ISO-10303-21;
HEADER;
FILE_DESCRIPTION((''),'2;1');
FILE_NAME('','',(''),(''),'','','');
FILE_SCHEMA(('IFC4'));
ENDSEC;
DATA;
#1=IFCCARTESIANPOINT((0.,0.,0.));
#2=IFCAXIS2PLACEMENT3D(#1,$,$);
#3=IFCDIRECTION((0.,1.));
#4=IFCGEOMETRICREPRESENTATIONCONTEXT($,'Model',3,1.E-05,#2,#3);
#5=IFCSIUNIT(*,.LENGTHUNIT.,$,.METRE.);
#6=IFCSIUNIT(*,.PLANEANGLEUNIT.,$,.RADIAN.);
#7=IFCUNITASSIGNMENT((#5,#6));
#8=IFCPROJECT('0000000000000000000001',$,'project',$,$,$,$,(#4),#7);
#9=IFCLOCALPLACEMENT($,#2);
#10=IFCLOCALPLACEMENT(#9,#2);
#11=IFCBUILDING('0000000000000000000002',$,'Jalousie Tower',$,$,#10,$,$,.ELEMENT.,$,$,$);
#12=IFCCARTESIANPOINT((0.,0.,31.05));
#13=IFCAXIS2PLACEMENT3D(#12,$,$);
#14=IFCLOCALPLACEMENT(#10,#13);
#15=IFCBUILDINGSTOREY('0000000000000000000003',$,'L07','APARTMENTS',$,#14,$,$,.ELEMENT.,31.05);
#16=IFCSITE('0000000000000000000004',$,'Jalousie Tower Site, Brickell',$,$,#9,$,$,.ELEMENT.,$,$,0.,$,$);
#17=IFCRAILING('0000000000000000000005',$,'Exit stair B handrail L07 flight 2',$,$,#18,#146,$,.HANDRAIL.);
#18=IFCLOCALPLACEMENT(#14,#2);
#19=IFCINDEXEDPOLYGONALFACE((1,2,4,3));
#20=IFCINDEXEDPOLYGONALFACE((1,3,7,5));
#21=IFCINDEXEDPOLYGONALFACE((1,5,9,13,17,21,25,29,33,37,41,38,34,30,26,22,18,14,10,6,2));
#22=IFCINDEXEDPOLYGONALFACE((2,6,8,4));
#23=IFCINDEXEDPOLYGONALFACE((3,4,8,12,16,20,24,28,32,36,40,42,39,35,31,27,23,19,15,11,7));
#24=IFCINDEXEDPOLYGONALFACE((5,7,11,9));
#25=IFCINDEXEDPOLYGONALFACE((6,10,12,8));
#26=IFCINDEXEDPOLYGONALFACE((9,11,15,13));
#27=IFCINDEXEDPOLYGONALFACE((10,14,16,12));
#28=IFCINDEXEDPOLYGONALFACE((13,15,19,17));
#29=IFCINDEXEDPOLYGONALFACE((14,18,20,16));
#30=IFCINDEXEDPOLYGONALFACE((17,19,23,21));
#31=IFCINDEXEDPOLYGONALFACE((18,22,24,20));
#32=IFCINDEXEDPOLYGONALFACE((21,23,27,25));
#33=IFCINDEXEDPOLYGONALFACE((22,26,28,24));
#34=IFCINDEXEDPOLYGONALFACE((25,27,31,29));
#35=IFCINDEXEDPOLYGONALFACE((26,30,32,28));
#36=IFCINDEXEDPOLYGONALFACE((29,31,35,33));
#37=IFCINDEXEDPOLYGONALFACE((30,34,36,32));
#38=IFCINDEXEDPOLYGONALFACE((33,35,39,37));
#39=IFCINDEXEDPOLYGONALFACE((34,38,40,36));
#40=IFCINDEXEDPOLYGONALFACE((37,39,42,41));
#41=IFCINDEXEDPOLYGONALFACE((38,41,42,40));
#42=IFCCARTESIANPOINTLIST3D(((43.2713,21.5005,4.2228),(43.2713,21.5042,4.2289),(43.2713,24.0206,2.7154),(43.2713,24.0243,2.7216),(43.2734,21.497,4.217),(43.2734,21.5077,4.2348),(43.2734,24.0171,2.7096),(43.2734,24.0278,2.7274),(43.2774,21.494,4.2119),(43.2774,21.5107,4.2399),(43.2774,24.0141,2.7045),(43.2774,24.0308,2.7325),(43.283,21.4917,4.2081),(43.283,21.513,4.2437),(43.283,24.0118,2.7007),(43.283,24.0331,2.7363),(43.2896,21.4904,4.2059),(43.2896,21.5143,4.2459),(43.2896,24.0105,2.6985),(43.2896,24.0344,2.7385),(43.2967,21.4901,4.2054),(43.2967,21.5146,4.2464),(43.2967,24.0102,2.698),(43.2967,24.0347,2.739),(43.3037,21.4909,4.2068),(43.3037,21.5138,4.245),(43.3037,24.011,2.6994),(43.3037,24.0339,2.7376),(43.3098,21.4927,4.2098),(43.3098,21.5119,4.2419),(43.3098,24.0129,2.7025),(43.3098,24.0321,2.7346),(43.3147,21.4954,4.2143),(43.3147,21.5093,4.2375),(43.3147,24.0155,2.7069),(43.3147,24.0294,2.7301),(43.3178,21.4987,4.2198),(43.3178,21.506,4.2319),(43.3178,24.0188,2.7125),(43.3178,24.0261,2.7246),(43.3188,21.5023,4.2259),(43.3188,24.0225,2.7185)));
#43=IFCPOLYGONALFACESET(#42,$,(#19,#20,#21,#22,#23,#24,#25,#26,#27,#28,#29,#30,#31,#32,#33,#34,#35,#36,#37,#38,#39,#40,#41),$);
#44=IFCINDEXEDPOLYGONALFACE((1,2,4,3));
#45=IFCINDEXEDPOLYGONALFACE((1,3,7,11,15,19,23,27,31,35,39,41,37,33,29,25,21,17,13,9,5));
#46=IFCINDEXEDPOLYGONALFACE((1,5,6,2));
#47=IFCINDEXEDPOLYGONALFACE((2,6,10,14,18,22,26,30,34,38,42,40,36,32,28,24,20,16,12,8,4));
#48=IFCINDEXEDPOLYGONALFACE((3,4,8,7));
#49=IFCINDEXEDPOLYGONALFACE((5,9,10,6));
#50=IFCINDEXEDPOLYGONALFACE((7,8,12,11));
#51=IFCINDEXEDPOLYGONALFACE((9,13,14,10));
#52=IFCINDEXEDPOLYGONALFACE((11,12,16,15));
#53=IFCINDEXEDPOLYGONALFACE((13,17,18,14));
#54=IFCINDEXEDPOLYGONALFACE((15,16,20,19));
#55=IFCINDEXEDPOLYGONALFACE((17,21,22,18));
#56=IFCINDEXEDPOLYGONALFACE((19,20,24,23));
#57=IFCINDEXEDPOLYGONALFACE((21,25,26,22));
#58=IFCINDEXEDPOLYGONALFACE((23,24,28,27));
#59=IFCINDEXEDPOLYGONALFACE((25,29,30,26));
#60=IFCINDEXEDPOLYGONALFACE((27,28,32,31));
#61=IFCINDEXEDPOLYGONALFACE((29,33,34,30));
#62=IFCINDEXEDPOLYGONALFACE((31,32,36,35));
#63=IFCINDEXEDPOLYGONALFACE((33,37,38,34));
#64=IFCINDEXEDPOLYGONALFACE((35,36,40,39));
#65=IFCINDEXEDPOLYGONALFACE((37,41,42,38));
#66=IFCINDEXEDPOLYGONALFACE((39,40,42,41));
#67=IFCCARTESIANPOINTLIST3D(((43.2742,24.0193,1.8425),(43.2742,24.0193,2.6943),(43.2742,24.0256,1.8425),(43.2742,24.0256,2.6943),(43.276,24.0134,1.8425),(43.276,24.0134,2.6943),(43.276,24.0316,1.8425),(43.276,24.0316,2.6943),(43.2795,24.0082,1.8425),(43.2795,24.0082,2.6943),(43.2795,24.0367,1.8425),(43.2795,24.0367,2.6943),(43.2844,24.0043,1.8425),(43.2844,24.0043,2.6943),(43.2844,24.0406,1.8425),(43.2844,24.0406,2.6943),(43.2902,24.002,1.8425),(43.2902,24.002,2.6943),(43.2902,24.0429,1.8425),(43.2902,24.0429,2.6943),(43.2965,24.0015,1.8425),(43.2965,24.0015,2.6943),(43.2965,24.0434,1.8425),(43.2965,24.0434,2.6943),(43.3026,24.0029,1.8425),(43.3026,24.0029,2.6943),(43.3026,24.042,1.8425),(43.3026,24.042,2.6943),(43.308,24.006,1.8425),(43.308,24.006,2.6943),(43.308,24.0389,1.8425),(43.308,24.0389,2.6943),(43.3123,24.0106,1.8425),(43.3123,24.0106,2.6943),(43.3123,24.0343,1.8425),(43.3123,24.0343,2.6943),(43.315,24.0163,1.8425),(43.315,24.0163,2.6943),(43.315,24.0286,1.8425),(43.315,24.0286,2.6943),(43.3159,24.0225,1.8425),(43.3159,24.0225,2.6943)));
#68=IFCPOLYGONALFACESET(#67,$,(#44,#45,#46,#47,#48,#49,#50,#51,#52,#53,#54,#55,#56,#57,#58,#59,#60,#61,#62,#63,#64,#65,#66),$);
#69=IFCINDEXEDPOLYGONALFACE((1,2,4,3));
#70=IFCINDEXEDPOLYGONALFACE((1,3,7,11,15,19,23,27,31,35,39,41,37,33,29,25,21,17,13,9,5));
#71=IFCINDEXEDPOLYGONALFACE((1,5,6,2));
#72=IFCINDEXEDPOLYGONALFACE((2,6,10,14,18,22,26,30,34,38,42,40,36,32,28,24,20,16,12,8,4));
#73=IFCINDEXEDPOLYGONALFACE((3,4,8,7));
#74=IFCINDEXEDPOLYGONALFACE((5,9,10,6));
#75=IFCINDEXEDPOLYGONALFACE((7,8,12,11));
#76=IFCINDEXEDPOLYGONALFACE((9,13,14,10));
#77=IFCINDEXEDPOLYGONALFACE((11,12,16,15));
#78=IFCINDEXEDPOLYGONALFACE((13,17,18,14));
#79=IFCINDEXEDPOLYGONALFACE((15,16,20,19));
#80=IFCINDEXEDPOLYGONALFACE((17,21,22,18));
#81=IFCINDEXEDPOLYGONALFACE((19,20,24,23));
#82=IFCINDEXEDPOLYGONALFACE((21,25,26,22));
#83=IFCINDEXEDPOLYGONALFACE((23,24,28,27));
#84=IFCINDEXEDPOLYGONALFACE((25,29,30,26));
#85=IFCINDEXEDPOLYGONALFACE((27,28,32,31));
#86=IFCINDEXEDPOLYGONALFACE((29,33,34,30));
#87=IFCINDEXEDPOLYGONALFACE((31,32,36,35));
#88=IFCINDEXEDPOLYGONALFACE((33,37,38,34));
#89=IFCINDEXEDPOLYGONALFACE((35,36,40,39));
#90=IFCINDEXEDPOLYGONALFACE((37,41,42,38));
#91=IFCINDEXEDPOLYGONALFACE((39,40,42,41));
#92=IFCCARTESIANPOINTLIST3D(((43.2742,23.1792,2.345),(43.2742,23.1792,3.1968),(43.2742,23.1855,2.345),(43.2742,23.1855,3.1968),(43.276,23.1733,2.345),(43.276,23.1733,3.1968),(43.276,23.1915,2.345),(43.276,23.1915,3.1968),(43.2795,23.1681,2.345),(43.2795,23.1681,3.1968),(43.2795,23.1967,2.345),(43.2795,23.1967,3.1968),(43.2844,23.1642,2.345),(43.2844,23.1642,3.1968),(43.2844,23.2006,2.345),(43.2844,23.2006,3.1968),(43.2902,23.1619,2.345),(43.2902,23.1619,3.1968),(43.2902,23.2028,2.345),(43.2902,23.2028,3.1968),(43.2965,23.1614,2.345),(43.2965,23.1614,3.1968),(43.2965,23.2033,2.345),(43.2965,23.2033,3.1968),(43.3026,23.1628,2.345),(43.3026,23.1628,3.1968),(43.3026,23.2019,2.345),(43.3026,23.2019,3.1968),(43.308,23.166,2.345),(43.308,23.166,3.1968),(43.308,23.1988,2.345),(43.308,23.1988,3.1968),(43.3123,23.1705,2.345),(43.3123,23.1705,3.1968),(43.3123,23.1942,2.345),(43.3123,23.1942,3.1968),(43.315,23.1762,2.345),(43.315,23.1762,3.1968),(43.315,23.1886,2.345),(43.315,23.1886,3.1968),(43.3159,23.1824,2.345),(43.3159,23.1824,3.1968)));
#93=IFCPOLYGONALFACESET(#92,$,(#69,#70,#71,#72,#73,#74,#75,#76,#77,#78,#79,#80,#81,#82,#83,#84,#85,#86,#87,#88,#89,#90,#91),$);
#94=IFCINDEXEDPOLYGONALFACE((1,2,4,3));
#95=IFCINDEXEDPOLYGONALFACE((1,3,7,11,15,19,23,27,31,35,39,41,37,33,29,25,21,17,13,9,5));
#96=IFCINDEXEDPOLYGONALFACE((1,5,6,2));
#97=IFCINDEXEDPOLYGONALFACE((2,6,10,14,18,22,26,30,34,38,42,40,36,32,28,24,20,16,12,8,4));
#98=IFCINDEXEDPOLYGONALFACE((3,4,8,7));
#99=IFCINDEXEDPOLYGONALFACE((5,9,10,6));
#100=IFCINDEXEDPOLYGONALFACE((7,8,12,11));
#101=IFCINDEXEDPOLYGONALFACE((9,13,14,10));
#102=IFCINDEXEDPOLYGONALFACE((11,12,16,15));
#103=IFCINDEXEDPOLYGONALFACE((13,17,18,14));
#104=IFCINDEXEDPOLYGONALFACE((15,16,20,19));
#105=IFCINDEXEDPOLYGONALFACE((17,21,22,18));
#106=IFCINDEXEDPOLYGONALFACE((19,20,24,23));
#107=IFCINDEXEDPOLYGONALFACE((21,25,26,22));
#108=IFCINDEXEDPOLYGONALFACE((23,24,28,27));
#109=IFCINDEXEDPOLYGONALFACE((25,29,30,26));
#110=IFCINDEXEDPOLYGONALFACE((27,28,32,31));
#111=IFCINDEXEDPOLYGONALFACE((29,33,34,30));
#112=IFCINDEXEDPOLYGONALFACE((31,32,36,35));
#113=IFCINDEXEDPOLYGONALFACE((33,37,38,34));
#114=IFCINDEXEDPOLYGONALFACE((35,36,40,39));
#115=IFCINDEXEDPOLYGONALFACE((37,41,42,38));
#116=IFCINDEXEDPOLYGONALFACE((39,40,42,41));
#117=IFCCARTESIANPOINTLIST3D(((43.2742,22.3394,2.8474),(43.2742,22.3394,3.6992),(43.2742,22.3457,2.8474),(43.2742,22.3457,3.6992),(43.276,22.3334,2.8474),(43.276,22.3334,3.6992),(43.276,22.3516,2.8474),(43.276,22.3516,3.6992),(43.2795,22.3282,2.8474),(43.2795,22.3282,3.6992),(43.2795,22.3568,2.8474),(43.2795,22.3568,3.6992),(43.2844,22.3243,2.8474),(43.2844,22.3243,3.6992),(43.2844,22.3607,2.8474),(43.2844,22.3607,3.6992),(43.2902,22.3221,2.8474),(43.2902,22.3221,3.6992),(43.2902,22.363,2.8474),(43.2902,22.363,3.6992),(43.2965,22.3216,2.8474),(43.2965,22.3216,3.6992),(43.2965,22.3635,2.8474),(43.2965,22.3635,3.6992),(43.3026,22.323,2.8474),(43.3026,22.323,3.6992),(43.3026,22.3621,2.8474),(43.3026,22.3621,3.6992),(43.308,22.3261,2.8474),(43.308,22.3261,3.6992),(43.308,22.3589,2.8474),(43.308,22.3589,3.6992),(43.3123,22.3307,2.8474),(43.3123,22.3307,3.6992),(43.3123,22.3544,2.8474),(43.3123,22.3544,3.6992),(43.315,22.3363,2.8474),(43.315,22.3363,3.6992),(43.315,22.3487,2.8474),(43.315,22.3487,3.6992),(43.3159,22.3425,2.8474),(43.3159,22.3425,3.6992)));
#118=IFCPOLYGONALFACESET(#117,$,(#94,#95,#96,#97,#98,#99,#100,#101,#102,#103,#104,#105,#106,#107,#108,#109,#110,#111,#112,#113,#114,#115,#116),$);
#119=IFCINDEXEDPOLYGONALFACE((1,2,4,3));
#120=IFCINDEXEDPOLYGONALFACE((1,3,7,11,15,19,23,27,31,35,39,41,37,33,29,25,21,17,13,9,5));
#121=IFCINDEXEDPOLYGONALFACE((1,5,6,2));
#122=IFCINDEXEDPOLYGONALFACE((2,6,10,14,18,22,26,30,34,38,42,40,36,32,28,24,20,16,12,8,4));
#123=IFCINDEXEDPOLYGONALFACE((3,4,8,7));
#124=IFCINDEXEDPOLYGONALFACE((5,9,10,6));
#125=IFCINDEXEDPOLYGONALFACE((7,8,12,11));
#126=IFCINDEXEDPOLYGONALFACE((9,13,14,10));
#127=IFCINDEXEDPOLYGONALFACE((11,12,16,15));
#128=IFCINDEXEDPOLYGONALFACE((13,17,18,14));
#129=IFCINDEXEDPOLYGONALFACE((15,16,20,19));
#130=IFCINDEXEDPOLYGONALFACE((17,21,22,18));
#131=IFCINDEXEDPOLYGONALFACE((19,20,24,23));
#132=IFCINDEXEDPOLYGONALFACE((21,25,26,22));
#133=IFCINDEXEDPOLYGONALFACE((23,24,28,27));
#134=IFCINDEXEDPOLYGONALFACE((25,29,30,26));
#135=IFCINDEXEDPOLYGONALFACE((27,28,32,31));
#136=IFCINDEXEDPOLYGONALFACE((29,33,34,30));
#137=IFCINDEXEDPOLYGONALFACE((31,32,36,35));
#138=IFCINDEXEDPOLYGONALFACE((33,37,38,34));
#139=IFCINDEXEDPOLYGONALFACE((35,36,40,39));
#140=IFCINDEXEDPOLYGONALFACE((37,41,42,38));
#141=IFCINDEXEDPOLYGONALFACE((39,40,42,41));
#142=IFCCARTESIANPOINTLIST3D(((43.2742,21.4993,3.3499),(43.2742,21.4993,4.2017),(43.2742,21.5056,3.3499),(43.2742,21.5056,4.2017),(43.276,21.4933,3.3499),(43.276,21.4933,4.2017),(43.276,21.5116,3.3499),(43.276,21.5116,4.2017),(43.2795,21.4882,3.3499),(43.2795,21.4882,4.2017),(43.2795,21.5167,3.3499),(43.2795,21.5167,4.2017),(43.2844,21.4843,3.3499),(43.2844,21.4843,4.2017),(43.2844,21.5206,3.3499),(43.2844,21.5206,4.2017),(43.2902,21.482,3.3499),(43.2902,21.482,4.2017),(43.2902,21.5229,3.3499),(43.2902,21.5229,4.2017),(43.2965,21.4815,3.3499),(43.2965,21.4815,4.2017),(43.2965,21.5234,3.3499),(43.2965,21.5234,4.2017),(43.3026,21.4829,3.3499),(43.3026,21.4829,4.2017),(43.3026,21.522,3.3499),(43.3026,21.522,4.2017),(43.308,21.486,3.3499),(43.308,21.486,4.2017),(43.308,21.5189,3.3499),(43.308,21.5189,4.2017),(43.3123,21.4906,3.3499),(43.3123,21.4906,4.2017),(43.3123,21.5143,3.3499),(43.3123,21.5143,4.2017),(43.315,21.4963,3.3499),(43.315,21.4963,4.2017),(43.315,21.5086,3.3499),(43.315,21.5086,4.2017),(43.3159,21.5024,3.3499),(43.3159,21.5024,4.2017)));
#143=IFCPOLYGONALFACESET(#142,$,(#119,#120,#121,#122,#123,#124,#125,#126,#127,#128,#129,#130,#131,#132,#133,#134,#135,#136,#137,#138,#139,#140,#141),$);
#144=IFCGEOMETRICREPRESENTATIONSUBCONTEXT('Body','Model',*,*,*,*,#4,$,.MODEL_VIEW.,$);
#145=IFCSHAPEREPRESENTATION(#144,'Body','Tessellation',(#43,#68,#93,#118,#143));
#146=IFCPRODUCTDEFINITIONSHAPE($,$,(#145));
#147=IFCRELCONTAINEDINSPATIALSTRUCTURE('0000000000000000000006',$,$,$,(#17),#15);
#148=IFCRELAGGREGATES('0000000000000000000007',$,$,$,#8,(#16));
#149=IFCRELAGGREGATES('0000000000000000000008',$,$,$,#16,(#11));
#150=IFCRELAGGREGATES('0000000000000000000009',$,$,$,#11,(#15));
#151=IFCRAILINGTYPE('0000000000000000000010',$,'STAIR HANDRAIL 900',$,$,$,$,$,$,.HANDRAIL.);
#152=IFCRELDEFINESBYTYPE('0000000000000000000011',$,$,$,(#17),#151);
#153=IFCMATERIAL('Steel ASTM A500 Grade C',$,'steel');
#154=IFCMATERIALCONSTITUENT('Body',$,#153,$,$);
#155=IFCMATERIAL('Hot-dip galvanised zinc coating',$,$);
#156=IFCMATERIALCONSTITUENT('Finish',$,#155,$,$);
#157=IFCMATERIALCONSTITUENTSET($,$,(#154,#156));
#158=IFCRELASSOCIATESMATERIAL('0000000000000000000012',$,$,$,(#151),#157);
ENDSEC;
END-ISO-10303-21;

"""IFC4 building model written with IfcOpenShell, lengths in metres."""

from ifc_helpers import new_model, si_unit, direction, frame, origin, origin_2d, place, context, subcontext, project, spatial, circle, extrude, material, constituent, constituent_set, type_object, element, save


model = new_model("IFC4")

# Units and contexts
model_context = context("Model", 3, precision=1e-05, world=origin(), true_north=direction((0.0, 1.0)))
body_context = subcontext(model_context, "Body", "Model", "MODEL_VIEW")
ifc_project = project(units=[si_unit("LENGTHUNIT", "METRE"), si_unit("PLANEANGLEUNIT", "RADIAN")], contexts=[model_context])

# Site, building, storey
site_placement = place(None, origin())
site = spatial("IfcSite", under=ifc_project, at=site_placement, Name="Jalousie Tower Site, Brickell", CompositionType="ELEMENT", RefElevation=0.0)
building_placement = place(site_placement, origin())
building = spatial("IfcBuilding", under=site, at=building_placement, Name="Jalousie Tower", CompositionType="ELEMENT")
storey_placement = place(building_placement, frame((0.0, 0.0, 31.05)))
storey = spatial("IfcBuildingStorey", under=building, at=storey_placement, Name="L07", Description="APARTMENTS", CompositionType="ELEMENT", Elevation=31.05)

# Railing
ifc_material_1 = material(Name="Steel ASTM A500 Grade C", Category="steel")
ifc_constituent_1 = constituent(ifc_material_1, Name="Body")
ifc_material_2 = material(Name="Hot-dip galvanised zinc coating")
ifc_constituent_2 = constituent(ifc_material_2, Name="Finish")
ifc_constituent_set_1 = constituent_set(constituents=[ifc_constituent_1, ifc_constituent_2])
railing_type_1 = type_object("IfcRailingType", Name="STAIR HANDRAIL 900", PredefinedType="HANDRAIL", material=ifc_constituent_set_1)
railing_1_placement = place(storey_placement, frame((43.2949, 24.0225, 1.8425)))
element("IfcRailing", 1, at=railing_1_placement, inside=storey, type_object=railing_type_1, Name="Exit stair B handrail L07 flight 2", PredefinedType="HANDRAIL", context=body_context, shape_type="SweptSolid", body=[
    extrude(circle(Radius=0.0239, at=origin_2d()), frame((0.0, 0.0, 0.876), z_axis=(0.0, -0.858196, 0.513321), x_axis=(1.0, 0.0, 0.0)), (0.0, 0.0, 1.0), 2.9365),
    extrude(circle(Radius=0.021, at=origin_2d()), origin(), (0.0, 0.0, 1.0), 0.8518),
    extrude(circle(Radius=0.021, at=origin_2d()), frame((0.0, -0.8401, 0.5024)), (0.0, 0.0, 1.0), 0.8518),
    extrude(circle(Radius=0.021, at=origin_2d()), frame((0.0, -1.6799, 1.0049)), (0.0, 0.0, 1.0), 0.8518),
    extrude(circle(Radius=0.021, at=origin_2d()), frame((0.0, -2.52, 1.5073)), (0.0, 0.0, 1.0), 0.8518),
])

save(model, "model.ifc")
